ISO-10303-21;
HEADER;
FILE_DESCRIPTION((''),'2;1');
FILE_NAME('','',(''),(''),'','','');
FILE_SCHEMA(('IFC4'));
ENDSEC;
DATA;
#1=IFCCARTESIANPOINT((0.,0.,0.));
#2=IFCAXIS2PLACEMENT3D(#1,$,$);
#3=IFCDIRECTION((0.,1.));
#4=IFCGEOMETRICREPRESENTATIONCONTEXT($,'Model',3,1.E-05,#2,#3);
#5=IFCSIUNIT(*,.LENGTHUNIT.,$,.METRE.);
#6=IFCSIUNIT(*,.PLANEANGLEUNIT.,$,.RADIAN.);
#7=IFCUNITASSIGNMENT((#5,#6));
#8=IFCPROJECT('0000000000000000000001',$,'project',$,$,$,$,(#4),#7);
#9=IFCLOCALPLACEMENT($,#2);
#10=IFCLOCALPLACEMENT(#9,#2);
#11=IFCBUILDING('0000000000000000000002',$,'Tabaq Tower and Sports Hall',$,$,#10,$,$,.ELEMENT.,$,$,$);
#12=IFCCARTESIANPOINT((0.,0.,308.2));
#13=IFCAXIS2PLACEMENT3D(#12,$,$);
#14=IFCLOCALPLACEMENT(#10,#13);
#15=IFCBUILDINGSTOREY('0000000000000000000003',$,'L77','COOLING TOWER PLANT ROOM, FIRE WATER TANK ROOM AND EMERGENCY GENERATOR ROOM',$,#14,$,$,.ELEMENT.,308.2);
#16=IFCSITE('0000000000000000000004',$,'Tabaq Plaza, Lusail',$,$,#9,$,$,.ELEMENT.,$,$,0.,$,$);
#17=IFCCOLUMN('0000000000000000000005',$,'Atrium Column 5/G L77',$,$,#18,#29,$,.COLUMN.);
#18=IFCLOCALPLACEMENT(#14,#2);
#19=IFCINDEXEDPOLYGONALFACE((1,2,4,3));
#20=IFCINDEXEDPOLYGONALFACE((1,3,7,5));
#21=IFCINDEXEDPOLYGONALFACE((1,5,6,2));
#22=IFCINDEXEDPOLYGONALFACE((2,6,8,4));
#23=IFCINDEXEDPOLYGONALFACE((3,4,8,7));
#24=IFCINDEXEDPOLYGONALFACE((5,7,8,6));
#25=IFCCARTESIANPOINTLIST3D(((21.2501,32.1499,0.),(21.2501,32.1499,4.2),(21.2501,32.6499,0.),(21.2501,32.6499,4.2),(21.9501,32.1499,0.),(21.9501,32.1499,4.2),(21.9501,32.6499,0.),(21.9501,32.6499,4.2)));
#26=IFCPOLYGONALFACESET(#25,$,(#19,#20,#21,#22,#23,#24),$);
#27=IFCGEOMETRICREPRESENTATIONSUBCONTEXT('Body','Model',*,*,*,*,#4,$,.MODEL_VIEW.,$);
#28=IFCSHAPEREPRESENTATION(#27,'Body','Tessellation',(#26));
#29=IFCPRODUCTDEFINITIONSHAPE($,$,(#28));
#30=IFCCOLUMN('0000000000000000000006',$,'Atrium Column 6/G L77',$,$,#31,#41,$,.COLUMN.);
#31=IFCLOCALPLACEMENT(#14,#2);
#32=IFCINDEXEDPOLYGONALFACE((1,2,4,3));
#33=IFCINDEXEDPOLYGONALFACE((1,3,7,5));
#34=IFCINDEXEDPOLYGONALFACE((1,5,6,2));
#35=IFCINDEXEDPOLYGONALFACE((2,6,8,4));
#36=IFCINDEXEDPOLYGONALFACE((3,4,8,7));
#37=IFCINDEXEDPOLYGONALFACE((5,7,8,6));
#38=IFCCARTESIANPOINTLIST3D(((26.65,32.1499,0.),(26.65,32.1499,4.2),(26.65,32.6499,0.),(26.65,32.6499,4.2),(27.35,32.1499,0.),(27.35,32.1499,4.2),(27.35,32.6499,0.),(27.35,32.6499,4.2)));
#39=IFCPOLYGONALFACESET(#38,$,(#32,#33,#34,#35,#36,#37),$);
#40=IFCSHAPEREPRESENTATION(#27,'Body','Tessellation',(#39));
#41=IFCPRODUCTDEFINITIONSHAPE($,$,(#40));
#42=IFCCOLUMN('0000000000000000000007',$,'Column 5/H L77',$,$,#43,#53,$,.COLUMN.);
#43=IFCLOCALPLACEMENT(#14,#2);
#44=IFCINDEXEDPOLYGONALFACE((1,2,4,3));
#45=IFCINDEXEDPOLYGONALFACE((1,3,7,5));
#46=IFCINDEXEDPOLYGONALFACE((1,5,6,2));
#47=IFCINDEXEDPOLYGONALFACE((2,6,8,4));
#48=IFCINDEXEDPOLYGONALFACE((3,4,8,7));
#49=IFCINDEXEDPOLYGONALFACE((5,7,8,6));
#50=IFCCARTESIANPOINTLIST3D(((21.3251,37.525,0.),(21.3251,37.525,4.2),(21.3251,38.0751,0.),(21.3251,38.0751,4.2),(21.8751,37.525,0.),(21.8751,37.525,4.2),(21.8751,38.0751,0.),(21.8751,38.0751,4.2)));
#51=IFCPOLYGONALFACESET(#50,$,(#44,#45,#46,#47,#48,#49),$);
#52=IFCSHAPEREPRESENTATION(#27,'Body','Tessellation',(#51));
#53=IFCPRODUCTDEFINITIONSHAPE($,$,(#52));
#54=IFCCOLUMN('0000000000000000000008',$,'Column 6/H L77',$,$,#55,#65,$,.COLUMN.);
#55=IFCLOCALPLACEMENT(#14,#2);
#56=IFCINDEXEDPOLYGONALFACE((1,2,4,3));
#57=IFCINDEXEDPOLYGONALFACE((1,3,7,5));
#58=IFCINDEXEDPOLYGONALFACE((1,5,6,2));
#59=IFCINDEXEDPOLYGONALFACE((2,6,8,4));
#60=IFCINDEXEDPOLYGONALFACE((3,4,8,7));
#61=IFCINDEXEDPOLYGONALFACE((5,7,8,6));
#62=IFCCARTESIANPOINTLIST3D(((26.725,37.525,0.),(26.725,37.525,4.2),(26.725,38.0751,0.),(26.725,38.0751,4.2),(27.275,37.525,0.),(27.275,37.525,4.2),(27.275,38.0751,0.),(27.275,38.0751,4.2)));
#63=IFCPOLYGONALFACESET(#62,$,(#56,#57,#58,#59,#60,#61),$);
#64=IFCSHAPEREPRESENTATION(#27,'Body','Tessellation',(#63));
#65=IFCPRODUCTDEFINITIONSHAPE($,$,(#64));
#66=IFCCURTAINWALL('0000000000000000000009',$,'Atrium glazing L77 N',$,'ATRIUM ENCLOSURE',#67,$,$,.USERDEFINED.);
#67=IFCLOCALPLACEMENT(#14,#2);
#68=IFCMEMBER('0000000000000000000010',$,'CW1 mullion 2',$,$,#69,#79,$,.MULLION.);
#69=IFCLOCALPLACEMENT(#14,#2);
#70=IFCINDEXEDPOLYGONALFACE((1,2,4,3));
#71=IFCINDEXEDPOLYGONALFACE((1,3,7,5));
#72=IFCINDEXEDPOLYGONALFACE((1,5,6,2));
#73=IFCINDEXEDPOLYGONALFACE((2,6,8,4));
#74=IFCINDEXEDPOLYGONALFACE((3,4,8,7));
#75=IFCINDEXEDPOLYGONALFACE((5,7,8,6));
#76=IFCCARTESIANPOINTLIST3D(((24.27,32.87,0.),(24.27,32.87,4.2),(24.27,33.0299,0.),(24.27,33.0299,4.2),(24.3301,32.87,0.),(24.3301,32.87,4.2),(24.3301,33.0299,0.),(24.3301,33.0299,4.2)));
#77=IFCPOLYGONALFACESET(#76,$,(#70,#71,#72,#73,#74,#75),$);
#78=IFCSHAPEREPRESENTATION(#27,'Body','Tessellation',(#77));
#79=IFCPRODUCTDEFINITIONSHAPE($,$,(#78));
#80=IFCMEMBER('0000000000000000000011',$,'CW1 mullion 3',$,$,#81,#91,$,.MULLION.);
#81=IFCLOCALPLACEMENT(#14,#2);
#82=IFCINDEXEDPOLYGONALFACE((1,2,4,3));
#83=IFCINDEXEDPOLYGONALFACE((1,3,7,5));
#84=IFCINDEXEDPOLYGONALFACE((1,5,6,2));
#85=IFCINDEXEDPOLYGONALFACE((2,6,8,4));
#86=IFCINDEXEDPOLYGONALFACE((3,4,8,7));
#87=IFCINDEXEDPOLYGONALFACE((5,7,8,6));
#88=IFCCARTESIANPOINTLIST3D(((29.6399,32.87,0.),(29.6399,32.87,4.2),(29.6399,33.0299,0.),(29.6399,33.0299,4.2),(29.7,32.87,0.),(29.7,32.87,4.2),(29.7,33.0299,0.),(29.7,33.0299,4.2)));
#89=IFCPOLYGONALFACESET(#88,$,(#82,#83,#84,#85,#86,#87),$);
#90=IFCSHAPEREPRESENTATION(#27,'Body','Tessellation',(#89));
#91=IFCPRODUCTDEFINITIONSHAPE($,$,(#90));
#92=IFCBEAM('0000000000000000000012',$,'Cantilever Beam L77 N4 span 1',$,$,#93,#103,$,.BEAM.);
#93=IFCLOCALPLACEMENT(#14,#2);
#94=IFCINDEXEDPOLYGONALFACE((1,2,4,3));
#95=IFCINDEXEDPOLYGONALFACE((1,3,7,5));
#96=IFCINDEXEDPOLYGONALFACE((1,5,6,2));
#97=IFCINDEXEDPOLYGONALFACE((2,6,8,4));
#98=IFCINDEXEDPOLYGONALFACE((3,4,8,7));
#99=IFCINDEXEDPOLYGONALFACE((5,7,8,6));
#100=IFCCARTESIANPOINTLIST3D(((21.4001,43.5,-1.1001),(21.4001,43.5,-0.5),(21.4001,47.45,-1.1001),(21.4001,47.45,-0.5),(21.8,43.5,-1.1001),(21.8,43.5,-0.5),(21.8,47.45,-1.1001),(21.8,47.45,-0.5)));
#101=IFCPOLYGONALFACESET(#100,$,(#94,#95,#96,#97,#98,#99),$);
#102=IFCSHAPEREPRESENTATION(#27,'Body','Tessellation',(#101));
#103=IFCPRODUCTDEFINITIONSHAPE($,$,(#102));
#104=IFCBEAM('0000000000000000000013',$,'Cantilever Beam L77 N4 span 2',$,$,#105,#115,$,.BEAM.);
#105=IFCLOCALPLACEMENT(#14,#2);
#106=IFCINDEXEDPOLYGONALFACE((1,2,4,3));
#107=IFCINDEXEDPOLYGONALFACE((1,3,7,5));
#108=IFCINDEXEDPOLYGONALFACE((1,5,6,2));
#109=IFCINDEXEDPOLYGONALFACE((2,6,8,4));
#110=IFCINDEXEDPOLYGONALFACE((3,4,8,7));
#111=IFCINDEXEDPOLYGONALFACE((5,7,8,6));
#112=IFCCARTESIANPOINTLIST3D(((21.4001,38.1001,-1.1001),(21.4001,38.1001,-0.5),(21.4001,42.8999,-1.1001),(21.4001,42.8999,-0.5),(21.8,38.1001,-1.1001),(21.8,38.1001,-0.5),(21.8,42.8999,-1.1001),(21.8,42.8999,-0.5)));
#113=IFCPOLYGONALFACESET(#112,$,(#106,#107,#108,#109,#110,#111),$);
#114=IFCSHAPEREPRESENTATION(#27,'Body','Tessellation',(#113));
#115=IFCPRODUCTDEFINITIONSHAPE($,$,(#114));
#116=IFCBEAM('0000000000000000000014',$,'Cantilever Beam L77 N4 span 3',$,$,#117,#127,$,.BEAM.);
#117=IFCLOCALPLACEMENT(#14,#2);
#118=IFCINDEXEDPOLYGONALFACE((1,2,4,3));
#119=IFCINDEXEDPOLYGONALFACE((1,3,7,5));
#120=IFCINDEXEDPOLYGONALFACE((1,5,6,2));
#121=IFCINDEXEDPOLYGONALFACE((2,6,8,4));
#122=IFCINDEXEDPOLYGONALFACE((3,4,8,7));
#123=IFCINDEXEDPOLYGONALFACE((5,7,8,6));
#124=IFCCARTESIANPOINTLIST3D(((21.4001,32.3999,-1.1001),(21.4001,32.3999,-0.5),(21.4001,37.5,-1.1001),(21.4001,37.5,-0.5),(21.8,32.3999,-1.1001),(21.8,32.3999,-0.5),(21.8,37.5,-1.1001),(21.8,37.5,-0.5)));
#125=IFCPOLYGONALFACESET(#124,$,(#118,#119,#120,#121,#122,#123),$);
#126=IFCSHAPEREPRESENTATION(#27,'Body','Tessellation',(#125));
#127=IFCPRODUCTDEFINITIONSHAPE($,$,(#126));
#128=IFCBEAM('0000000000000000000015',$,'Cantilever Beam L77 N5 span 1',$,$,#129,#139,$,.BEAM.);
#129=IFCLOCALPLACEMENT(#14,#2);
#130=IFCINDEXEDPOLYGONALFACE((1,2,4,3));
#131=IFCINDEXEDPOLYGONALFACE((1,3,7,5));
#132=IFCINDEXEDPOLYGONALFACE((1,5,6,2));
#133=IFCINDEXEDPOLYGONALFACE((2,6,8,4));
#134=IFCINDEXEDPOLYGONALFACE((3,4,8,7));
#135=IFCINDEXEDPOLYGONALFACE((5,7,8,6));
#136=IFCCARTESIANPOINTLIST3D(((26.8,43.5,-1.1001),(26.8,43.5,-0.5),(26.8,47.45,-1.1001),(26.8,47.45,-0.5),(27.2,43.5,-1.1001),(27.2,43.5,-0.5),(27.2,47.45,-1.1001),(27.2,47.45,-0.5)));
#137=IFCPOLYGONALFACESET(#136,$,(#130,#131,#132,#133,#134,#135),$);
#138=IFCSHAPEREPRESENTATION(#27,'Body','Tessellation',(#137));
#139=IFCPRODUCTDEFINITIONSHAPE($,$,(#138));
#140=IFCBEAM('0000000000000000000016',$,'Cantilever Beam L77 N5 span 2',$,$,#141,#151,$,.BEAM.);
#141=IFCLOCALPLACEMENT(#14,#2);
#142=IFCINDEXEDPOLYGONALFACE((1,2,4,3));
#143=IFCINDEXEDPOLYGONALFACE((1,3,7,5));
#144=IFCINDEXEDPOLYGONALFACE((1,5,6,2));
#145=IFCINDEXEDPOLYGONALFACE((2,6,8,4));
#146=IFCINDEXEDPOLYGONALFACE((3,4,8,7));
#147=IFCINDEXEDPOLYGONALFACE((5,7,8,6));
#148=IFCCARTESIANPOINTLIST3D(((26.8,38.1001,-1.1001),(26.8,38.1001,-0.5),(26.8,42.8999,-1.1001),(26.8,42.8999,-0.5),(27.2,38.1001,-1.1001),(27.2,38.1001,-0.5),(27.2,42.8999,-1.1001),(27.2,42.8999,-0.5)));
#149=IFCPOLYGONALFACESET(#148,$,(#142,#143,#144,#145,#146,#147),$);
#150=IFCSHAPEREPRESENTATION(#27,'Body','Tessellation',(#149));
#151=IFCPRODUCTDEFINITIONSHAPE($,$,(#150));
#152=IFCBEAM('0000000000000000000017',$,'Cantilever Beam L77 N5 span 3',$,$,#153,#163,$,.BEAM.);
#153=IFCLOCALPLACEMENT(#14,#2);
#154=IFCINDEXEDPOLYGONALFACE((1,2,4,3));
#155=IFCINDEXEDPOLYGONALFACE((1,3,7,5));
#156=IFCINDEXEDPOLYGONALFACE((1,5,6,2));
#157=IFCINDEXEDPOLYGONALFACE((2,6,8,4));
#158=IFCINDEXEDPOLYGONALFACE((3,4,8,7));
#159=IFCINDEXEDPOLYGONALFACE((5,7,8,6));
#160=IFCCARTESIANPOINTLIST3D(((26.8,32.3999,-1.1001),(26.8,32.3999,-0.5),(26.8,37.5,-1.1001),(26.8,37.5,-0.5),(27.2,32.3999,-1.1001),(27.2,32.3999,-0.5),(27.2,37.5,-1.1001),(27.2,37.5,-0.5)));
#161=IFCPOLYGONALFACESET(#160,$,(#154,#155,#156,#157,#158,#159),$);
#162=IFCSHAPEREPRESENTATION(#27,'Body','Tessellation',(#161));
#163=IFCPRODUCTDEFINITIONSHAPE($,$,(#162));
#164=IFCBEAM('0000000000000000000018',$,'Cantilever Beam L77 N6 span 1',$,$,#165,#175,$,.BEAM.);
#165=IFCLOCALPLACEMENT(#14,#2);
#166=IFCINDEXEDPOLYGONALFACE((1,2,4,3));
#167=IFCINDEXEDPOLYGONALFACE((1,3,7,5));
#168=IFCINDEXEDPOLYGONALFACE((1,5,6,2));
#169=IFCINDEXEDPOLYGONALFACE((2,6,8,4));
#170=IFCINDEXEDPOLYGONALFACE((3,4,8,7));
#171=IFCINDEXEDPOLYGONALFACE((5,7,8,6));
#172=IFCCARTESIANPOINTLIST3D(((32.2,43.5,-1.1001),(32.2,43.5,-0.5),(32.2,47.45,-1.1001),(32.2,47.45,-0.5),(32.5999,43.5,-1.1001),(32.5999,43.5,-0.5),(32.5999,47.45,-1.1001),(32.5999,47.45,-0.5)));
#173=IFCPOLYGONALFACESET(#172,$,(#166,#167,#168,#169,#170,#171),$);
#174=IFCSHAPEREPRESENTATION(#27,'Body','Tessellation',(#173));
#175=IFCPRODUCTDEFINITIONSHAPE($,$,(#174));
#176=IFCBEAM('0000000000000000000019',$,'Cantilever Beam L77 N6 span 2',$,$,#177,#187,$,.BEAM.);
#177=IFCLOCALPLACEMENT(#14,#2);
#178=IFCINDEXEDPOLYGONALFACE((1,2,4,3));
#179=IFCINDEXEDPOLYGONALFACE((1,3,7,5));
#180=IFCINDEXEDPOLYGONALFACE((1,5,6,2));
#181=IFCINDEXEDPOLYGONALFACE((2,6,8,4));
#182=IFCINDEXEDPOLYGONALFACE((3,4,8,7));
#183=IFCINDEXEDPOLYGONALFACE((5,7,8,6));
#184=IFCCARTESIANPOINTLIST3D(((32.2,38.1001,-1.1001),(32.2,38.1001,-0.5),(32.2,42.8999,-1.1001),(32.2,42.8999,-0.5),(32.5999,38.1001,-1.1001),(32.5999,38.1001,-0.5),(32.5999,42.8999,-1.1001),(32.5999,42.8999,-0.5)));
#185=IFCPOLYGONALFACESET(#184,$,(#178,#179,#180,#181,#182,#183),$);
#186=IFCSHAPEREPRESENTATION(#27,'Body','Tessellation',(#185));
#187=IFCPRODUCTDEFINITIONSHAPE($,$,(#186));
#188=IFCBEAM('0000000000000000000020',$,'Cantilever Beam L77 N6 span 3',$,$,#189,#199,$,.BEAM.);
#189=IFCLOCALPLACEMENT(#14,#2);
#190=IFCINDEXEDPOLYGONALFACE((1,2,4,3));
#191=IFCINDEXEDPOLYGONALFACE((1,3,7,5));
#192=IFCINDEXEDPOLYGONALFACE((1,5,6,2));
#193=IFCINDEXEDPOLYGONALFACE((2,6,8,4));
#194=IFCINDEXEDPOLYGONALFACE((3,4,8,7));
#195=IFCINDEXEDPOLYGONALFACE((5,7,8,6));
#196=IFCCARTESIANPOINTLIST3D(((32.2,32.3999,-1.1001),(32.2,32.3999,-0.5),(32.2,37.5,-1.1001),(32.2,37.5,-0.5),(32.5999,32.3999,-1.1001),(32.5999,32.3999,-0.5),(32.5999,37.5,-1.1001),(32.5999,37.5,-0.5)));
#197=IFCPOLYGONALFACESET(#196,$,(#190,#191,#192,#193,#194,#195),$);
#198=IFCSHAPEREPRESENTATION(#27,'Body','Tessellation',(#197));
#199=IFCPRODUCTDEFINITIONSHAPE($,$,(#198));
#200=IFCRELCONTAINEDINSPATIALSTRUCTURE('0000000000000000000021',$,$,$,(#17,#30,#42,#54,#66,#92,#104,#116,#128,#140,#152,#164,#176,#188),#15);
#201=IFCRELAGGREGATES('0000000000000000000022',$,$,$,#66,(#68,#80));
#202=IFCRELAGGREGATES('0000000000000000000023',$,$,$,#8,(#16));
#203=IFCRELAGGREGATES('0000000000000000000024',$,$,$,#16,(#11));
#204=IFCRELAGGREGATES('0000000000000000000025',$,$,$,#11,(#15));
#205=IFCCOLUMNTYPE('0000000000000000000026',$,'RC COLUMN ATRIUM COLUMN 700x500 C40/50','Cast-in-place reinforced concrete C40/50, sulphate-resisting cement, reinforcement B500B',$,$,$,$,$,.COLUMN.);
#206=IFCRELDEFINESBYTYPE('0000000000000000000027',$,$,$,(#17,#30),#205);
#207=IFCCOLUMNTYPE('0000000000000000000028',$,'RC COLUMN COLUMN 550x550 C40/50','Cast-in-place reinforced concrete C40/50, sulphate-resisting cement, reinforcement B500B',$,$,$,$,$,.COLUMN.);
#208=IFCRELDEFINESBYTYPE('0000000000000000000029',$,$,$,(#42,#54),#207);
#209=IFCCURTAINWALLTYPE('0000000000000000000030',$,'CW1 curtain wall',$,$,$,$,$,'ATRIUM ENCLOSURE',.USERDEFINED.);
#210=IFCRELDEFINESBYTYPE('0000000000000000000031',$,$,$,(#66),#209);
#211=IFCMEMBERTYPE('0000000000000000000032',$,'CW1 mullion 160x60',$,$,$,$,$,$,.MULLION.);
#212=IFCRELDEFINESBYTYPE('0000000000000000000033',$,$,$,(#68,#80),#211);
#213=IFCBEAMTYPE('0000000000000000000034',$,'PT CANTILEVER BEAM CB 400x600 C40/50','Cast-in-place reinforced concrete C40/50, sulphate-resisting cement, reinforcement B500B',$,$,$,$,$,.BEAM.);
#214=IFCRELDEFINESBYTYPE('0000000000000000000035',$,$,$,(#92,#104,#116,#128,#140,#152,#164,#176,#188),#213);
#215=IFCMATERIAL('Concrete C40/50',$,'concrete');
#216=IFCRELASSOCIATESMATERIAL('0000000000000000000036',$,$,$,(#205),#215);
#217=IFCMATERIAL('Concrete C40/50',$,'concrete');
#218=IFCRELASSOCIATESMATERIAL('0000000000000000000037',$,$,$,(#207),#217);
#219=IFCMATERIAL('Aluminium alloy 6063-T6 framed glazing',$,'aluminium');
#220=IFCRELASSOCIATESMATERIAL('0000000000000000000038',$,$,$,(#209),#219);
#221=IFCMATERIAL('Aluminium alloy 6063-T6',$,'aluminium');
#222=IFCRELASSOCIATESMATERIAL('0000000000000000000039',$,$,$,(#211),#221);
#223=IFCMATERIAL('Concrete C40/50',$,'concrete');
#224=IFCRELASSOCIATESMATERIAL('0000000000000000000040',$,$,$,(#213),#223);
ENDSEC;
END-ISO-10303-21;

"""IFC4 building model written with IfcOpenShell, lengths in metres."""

from ifc_helpers import new_model, si_unit, direction, frame, origin, origin_2d, place, context, subcontext, project, spatial, rectangle, extrude, material, material_profile, profile_set, type_object, element, aggregate, save


model = new_model("IFC4")

# Units and contexts
model_context = context("Model", 3, precision=1e-05, world=origin(), true_north=direction((0.0, 1.0)))
body_context = subcontext(model_context, "Body", "Model", "MODEL_VIEW")
ifc_project = project(units=[si_unit("LENGTHUNIT", "METRE"), si_unit("PLANEANGLEUNIT", "RADIAN")], contexts=[model_context])

# Site, building, storey
site_placement = place(None, origin())
site = spatial("IfcSite", under=ifc_project, at=site_placement, Name="Tabaq Plaza, Lusail", CompositionType="ELEMENT", RefElevation=0.0)
building_placement = place(site_placement, origin())
building = spatial("IfcBuilding", under=site, at=building_placement, Name="Tabaq Tower and Sports Hall", CompositionType="ELEMENT")
storey_placement = place(building_placement, frame((0.0, 0.0, 308.2)))
storey = spatial("IfcBuildingStorey", under=building, at=storey_placement, Name="L77", Description="COOLING TOWER PLANT ROOM, FIRE WATER TANK ROOM AND EMERGENCY GENERATOR ROOM", CompositionType="ELEMENT", Elevation=308.2)

# Columns
ifc_material_1 = material(Name="Concrete C40/50", Category="concrete")
ifc_material_profile_1 = material_profile(ifc_material_1, rectangle(XDim=0.7, YDim=0.5, at=origin_2d()), Name="ATRIUM COLUMN 700x500")
ifc_profile_set_1 = profile_set([ifc_material_profile_1], Name="Concrete C40/50")
column_type_1 = type_object("IfcColumnType", Name="RC COLUMN ATRIUM COLUMN 700x500 C40/50", Description="Cast-in-place reinforced concrete C40/50, sulphate-resisting cement, reinforcement B500B", PredefinedType="COLUMN", material=ifc_profile_set_1)
for number, where, z_axis, x_axis, name in (
    (1, (21.6001, 32.3999, 0.0), (0.0, 0.0, 1.0), (1.0, 0.0, 0.0), "Atrium Column 5/G L77"),
    (2, (27.0, 32.3999, 0.0), (0.0, 0.0, 1.0), (1.0, 0.0, 0.0), "Atrium Column 6/G L77"),
):
    element("IfcColumn", number, at=place(storey_placement, frame(where, z_axis=z_axis, x_axis=x_axis)), inside=storey, type_object=column_type_1, Name=name, PredefinedType="COLUMN", context=body_context, shape_type="SweptSolid", body=[
        extrude(rectangle(XDim=0.7, YDim=0.5, at=origin_2d()), origin(), (0.0, 0.0, 1.0), 4.2),
    ])
ifc_material_2 = material(Name="Concrete C40/50", Category="concrete")
ifc_material_profile_2 = material_profile(ifc_material_2, rectangle(XDim=0.55, YDim=0.55, at=origin_2d()), Name="COLUMN 550x550")
ifc_profile_set_2 = profile_set([ifc_material_profile_2], Name="Concrete C40/50")
column_type_2 = type_object("IfcColumnType", Name="RC COLUMN COLUMN 550x550 C40/50", Description="Cast-in-place reinforced concrete C40/50, sulphate-resisting cement, reinforcement B500B", PredefinedType="COLUMN", material=ifc_profile_set_2)
for number, where, z_axis, x_axis, name in (
    (3, (21.6001, 37.8, 0.0), (0.0, 0.0, 1.0), (1.0, 0.0, 0.0), "Column 5/H L77"),
    (4, (27.0, 37.8, 0.0), (0.0, 0.0, 1.0), (1.0, 0.0, 0.0), "Column 6/H L77"),
):
    element("IfcColumn", number, at=place(storey_placement, frame(where, z_axis=z_axis, x_axis=x_axis)), inside=storey, type_object=column_type_2, Name=name, PredefinedType="COLUMN", context=body_context, shape_type="SweptSolid", body=[
        extrude(rectangle(XDim=0.55, YDim=0.55, at=origin_2d()), origin(), (0.0, 0.0, 1.0), 4.2),
    ])

# Curtain wall, members
ifc_material_3 = material(Name="Aluminium alloy 6063-T6 framed glazing", Category="aluminium")
curtain_wall_type = type_object("IfcCurtainWallType", Name="CW1 curtain wall", ElementType="ATRIUM ENCLOSURE", PredefinedType="USERDEFINED", material=ifc_material_3)
curtain_wall_placement = place(storey_placement, origin())
curtain_wall = element("IfcCurtainWall", 5, at=curtain_wall_placement, inside=storey, type_object=curtain_wall_type, Name="Atrium glazing L77 N", ObjectType="ATRIUM ENCLOSURE", PredefinedType="USERDEFINED")
ifc_material_4 = material(Name="Aluminium alloy 6063-T6", Category="aluminium")
ifc_material_profile_3 = material_profile(ifc_material_4, rectangle(XDim=0.1599, YDim=0.0601, at=origin_2d()), Name="MULLION 160x60")
ifc_profile_set_3 = profile_set([ifc_material_profile_3], Name="Aluminium alloy 6063-T6")
member_type_1 = type_object("IfcMemberType", Name="CW1 mullion 160x60", PredefinedType="MULLION", material=ifc_profile_set_3)
member_1_placement = place(storey_placement, frame((24.3, 32.95, 0.0), z_axis=(0.0, 0.0, 1.0), x_axis=(0.0, 1.0, 0.0)))
member_1 = element("IfcMember", 6, at=member_1_placement, type_object=member_type_1, Name="CW1 mullion 2", PredefinedType="MULLION", context=body_context, shape_type="SweptSolid", body=[
    extrude(rectangle(XDim=0.1599, YDim=0.0601, at=origin_2d()), origin(), (0.0, 0.0, 1.0), 4.2),
])
member_2_placement = place(storey_placement, frame((29.6699, 32.95, 0.0), z_axis=(0.0, 0.0, 1.0), x_axis=(0.0, 1.0, 0.0)))
member_2 = element("IfcMember", 7, at=member_2_placement, type_object=member_type_1, Name="CW1 mullion 3", PredefinedType="MULLION", context=body_context, shape_type="SweptSolid", body=[
    extrude(rectangle(XDim=0.1599, YDim=0.0601, at=origin_2d()), origin(), (0.0, 0.0, 1.0), 4.2),
])
aggregate(curtain_wall, [member_1, member_2])

# Beams
ifc_material_5 = material(Name="Concrete C40/50", Category="concrete")
ifc_material_profile_4 = material_profile(ifc_material_5, rectangle(XDim=0.3999, YDim=0.6001, at=origin_2d()), Name="CB 400x600")
ifc_profile_set_4 = profile_set([ifc_material_profile_4], Name="Concrete C40/50")
beam_type = type_object("IfcBeamType", Name="PT CANTILEVER BEAM CB 400x600 C40/50", Description="Cast-in-place reinforced concrete C40/50, sulphate-resisting cement, reinforcement B500B", PredefinedType="BEAM", material=ifc_profile_set_4)
beam_1_placement = place(storey_placement, frame((21.6001, 47.45, -0.8), z_axis=(0.0, -1.0, 0.0), x_axis=(1.0, 0.0, 0.0)))
element("IfcBeam", 8, at=beam_1_placement, inside=storey, type_object=beam_type, Name="Cantilever Beam L77 N4 span 1", PredefinedType="BEAM", context=body_context, shape_type="SweptSolid", body=[
    extrude(rectangle(XDim=0.3999, YDim=0.6001, at=origin_2d()), origin(), (0.0, 0.0, 1.0), 3.95),
])
beam_2_placement = place(storey_placement, frame((21.6001, 42.8999, -0.8), z_axis=(0.0, -1.0, 0.0), x_axis=(1.0, 0.0, 0.0)))
element("IfcBeam", 9, at=beam_2_placement, inside=storey, type_object=beam_type, Name="Cantilever Beam L77 N4 span 2", PredefinedType="BEAM", context=body_context, shape_type="SweptSolid", body=[
    extrude(rectangle(XDim=0.3999, YDim=0.6001, at=origin_2d()), origin(), (0.0, 0.0, 1.0), 4.7998),
])
beam_3_placement = place(storey_placement, frame((21.6001, 37.5, -0.8), z_axis=(0.0, -1.0, 0.0), x_axis=(1.0, 0.0, 0.0)))
element("IfcBeam", 10, at=beam_3_placement, inside=storey, type_object=beam_type, Name="Cantilever Beam L77 N4 span 3", PredefinedType="BEAM", context=body_context, shape_type="SweptSolid", body=[
    extrude(rectangle(XDim=0.3999, YDim=0.6001, at=origin_2d()), origin(), (0.0, 0.0, 1.0), 5.1001),
])
beam_4_placement = place(storey_placement, frame((27.0, 47.45, -0.8), z_axis=(0.0, -1.0, 0.0), x_axis=(1.0, 0.0, 0.0)))
element("IfcBeam", 11, at=beam_4_placement, inside=storey, type_object=beam_type, Name="Cantilever Beam L77 N5 span 1", PredefinedType="BEAM", context=body_context, shape_type="SweptSolid", body=[
    extrude(rectangle(XDim=0.3999, YDim=0.6001, at=origin_2d()), origin(), (0.0, 0.0, 1.0), 3.95),
])
beam_5_placement = place(storey_placement, frame((27.0, 42.8999, -0.8), z_axis=(0.0, -1.0, 0.0), x_axis=(1.0, 0.0, 0.0)))
element("IfcBeam", 12, at=beam_5_placement, inside=storey, type_object=beam_type, Name="Cantilever Beam L77 N5 span 2", PredefinedType="BEAM", context=body_context, shape_type="SweptSolid", body=[
    extrude(rectangle(XDim=0.3999, YDim=0.6001, at=origin_2d()), origin(), (0.0, 0.0, 1.0), 4.7998),
])
beam_6_placement = place(storey_placement, frame((27.0, 37.5, -0.8), z_axis=(0.0, -1.0, 0.0), x_axis=(1.0, 0.0, 0.0)))
element("IfcBeam", 13, at=beam_6_placement, inside=storey, type_object=beam_type, Name="Cantilever Beam L77 N5 span 3", PredefinedType="BEAM", context=body_context, shape_type="SweptSolid", body=[
    extrude(rectangle(XDim=0.3999, YDim=0.6001, at=origin_2d()), origin(), (0.0, 0.0, 1.0), 5.1001),
])
beam_7_placement = place(storey_placement, frame((32.3999, 47.45, -0.8), z_axis=(0.0, -1.0, 0.0), x_axis=(1.0, 0.0, 0.0)))
element("IfcBeam", 14, at=beam_7_placement, inside=storey, type_object=beam_type, Name="Cantilever Beam L77 N6 span 1", PredefinedType="BEAM", context=body_context, shape_type="SweptSolid", body=[
    extrude(rectangle(XDim=0.3999, YDim=0.6001, at=origin_2d()), origin(), (0.0, 0.0, 1.0), 3.95),
])
beam_8_placement = place(storey_placement, frame((32.3999, 42.8999, -0.8), z_axis=(0.0, -1.0, 0.0), x_axis=(1.0, 0.0, 0.0)))
element("IfcBeam", 15, at=beam_8_placement, inside=storey, type_object=beam_type, Name="Cantilever Beam L77 N6 span 2", PredefinedType="BEAM", context=body_context, shape_type="SweptSolid", body=[
    extrude(rectangle(XDim=0.3999, YDim=0.6001, at=origin_2d()), origin(), (0.0, 0.0, 1.0), 4.7998),
])
beam_9_placement = place(storey_placement, frame((32.3999, 37.5, -0.8), z_axis=(0.0, -1.0, 0.0), x_axis=(1.0, 0.0, 0.0)))
element("IfcBeam", 16, at=beam_9_placement, inside=storey, type_object=beam_type, Name="Cantilever Beam L77 N6 span 3", PredefinedType="BEAM", context=body_context, shape_type="SweptSolid", body=[
    extrude(rectangle(XDim=0.3999, YDim=0.6001, at=origin_2d()), origin(), (0.0, 0.0, 1.0), 5.1001),
])

save(model, "model.ifc")
